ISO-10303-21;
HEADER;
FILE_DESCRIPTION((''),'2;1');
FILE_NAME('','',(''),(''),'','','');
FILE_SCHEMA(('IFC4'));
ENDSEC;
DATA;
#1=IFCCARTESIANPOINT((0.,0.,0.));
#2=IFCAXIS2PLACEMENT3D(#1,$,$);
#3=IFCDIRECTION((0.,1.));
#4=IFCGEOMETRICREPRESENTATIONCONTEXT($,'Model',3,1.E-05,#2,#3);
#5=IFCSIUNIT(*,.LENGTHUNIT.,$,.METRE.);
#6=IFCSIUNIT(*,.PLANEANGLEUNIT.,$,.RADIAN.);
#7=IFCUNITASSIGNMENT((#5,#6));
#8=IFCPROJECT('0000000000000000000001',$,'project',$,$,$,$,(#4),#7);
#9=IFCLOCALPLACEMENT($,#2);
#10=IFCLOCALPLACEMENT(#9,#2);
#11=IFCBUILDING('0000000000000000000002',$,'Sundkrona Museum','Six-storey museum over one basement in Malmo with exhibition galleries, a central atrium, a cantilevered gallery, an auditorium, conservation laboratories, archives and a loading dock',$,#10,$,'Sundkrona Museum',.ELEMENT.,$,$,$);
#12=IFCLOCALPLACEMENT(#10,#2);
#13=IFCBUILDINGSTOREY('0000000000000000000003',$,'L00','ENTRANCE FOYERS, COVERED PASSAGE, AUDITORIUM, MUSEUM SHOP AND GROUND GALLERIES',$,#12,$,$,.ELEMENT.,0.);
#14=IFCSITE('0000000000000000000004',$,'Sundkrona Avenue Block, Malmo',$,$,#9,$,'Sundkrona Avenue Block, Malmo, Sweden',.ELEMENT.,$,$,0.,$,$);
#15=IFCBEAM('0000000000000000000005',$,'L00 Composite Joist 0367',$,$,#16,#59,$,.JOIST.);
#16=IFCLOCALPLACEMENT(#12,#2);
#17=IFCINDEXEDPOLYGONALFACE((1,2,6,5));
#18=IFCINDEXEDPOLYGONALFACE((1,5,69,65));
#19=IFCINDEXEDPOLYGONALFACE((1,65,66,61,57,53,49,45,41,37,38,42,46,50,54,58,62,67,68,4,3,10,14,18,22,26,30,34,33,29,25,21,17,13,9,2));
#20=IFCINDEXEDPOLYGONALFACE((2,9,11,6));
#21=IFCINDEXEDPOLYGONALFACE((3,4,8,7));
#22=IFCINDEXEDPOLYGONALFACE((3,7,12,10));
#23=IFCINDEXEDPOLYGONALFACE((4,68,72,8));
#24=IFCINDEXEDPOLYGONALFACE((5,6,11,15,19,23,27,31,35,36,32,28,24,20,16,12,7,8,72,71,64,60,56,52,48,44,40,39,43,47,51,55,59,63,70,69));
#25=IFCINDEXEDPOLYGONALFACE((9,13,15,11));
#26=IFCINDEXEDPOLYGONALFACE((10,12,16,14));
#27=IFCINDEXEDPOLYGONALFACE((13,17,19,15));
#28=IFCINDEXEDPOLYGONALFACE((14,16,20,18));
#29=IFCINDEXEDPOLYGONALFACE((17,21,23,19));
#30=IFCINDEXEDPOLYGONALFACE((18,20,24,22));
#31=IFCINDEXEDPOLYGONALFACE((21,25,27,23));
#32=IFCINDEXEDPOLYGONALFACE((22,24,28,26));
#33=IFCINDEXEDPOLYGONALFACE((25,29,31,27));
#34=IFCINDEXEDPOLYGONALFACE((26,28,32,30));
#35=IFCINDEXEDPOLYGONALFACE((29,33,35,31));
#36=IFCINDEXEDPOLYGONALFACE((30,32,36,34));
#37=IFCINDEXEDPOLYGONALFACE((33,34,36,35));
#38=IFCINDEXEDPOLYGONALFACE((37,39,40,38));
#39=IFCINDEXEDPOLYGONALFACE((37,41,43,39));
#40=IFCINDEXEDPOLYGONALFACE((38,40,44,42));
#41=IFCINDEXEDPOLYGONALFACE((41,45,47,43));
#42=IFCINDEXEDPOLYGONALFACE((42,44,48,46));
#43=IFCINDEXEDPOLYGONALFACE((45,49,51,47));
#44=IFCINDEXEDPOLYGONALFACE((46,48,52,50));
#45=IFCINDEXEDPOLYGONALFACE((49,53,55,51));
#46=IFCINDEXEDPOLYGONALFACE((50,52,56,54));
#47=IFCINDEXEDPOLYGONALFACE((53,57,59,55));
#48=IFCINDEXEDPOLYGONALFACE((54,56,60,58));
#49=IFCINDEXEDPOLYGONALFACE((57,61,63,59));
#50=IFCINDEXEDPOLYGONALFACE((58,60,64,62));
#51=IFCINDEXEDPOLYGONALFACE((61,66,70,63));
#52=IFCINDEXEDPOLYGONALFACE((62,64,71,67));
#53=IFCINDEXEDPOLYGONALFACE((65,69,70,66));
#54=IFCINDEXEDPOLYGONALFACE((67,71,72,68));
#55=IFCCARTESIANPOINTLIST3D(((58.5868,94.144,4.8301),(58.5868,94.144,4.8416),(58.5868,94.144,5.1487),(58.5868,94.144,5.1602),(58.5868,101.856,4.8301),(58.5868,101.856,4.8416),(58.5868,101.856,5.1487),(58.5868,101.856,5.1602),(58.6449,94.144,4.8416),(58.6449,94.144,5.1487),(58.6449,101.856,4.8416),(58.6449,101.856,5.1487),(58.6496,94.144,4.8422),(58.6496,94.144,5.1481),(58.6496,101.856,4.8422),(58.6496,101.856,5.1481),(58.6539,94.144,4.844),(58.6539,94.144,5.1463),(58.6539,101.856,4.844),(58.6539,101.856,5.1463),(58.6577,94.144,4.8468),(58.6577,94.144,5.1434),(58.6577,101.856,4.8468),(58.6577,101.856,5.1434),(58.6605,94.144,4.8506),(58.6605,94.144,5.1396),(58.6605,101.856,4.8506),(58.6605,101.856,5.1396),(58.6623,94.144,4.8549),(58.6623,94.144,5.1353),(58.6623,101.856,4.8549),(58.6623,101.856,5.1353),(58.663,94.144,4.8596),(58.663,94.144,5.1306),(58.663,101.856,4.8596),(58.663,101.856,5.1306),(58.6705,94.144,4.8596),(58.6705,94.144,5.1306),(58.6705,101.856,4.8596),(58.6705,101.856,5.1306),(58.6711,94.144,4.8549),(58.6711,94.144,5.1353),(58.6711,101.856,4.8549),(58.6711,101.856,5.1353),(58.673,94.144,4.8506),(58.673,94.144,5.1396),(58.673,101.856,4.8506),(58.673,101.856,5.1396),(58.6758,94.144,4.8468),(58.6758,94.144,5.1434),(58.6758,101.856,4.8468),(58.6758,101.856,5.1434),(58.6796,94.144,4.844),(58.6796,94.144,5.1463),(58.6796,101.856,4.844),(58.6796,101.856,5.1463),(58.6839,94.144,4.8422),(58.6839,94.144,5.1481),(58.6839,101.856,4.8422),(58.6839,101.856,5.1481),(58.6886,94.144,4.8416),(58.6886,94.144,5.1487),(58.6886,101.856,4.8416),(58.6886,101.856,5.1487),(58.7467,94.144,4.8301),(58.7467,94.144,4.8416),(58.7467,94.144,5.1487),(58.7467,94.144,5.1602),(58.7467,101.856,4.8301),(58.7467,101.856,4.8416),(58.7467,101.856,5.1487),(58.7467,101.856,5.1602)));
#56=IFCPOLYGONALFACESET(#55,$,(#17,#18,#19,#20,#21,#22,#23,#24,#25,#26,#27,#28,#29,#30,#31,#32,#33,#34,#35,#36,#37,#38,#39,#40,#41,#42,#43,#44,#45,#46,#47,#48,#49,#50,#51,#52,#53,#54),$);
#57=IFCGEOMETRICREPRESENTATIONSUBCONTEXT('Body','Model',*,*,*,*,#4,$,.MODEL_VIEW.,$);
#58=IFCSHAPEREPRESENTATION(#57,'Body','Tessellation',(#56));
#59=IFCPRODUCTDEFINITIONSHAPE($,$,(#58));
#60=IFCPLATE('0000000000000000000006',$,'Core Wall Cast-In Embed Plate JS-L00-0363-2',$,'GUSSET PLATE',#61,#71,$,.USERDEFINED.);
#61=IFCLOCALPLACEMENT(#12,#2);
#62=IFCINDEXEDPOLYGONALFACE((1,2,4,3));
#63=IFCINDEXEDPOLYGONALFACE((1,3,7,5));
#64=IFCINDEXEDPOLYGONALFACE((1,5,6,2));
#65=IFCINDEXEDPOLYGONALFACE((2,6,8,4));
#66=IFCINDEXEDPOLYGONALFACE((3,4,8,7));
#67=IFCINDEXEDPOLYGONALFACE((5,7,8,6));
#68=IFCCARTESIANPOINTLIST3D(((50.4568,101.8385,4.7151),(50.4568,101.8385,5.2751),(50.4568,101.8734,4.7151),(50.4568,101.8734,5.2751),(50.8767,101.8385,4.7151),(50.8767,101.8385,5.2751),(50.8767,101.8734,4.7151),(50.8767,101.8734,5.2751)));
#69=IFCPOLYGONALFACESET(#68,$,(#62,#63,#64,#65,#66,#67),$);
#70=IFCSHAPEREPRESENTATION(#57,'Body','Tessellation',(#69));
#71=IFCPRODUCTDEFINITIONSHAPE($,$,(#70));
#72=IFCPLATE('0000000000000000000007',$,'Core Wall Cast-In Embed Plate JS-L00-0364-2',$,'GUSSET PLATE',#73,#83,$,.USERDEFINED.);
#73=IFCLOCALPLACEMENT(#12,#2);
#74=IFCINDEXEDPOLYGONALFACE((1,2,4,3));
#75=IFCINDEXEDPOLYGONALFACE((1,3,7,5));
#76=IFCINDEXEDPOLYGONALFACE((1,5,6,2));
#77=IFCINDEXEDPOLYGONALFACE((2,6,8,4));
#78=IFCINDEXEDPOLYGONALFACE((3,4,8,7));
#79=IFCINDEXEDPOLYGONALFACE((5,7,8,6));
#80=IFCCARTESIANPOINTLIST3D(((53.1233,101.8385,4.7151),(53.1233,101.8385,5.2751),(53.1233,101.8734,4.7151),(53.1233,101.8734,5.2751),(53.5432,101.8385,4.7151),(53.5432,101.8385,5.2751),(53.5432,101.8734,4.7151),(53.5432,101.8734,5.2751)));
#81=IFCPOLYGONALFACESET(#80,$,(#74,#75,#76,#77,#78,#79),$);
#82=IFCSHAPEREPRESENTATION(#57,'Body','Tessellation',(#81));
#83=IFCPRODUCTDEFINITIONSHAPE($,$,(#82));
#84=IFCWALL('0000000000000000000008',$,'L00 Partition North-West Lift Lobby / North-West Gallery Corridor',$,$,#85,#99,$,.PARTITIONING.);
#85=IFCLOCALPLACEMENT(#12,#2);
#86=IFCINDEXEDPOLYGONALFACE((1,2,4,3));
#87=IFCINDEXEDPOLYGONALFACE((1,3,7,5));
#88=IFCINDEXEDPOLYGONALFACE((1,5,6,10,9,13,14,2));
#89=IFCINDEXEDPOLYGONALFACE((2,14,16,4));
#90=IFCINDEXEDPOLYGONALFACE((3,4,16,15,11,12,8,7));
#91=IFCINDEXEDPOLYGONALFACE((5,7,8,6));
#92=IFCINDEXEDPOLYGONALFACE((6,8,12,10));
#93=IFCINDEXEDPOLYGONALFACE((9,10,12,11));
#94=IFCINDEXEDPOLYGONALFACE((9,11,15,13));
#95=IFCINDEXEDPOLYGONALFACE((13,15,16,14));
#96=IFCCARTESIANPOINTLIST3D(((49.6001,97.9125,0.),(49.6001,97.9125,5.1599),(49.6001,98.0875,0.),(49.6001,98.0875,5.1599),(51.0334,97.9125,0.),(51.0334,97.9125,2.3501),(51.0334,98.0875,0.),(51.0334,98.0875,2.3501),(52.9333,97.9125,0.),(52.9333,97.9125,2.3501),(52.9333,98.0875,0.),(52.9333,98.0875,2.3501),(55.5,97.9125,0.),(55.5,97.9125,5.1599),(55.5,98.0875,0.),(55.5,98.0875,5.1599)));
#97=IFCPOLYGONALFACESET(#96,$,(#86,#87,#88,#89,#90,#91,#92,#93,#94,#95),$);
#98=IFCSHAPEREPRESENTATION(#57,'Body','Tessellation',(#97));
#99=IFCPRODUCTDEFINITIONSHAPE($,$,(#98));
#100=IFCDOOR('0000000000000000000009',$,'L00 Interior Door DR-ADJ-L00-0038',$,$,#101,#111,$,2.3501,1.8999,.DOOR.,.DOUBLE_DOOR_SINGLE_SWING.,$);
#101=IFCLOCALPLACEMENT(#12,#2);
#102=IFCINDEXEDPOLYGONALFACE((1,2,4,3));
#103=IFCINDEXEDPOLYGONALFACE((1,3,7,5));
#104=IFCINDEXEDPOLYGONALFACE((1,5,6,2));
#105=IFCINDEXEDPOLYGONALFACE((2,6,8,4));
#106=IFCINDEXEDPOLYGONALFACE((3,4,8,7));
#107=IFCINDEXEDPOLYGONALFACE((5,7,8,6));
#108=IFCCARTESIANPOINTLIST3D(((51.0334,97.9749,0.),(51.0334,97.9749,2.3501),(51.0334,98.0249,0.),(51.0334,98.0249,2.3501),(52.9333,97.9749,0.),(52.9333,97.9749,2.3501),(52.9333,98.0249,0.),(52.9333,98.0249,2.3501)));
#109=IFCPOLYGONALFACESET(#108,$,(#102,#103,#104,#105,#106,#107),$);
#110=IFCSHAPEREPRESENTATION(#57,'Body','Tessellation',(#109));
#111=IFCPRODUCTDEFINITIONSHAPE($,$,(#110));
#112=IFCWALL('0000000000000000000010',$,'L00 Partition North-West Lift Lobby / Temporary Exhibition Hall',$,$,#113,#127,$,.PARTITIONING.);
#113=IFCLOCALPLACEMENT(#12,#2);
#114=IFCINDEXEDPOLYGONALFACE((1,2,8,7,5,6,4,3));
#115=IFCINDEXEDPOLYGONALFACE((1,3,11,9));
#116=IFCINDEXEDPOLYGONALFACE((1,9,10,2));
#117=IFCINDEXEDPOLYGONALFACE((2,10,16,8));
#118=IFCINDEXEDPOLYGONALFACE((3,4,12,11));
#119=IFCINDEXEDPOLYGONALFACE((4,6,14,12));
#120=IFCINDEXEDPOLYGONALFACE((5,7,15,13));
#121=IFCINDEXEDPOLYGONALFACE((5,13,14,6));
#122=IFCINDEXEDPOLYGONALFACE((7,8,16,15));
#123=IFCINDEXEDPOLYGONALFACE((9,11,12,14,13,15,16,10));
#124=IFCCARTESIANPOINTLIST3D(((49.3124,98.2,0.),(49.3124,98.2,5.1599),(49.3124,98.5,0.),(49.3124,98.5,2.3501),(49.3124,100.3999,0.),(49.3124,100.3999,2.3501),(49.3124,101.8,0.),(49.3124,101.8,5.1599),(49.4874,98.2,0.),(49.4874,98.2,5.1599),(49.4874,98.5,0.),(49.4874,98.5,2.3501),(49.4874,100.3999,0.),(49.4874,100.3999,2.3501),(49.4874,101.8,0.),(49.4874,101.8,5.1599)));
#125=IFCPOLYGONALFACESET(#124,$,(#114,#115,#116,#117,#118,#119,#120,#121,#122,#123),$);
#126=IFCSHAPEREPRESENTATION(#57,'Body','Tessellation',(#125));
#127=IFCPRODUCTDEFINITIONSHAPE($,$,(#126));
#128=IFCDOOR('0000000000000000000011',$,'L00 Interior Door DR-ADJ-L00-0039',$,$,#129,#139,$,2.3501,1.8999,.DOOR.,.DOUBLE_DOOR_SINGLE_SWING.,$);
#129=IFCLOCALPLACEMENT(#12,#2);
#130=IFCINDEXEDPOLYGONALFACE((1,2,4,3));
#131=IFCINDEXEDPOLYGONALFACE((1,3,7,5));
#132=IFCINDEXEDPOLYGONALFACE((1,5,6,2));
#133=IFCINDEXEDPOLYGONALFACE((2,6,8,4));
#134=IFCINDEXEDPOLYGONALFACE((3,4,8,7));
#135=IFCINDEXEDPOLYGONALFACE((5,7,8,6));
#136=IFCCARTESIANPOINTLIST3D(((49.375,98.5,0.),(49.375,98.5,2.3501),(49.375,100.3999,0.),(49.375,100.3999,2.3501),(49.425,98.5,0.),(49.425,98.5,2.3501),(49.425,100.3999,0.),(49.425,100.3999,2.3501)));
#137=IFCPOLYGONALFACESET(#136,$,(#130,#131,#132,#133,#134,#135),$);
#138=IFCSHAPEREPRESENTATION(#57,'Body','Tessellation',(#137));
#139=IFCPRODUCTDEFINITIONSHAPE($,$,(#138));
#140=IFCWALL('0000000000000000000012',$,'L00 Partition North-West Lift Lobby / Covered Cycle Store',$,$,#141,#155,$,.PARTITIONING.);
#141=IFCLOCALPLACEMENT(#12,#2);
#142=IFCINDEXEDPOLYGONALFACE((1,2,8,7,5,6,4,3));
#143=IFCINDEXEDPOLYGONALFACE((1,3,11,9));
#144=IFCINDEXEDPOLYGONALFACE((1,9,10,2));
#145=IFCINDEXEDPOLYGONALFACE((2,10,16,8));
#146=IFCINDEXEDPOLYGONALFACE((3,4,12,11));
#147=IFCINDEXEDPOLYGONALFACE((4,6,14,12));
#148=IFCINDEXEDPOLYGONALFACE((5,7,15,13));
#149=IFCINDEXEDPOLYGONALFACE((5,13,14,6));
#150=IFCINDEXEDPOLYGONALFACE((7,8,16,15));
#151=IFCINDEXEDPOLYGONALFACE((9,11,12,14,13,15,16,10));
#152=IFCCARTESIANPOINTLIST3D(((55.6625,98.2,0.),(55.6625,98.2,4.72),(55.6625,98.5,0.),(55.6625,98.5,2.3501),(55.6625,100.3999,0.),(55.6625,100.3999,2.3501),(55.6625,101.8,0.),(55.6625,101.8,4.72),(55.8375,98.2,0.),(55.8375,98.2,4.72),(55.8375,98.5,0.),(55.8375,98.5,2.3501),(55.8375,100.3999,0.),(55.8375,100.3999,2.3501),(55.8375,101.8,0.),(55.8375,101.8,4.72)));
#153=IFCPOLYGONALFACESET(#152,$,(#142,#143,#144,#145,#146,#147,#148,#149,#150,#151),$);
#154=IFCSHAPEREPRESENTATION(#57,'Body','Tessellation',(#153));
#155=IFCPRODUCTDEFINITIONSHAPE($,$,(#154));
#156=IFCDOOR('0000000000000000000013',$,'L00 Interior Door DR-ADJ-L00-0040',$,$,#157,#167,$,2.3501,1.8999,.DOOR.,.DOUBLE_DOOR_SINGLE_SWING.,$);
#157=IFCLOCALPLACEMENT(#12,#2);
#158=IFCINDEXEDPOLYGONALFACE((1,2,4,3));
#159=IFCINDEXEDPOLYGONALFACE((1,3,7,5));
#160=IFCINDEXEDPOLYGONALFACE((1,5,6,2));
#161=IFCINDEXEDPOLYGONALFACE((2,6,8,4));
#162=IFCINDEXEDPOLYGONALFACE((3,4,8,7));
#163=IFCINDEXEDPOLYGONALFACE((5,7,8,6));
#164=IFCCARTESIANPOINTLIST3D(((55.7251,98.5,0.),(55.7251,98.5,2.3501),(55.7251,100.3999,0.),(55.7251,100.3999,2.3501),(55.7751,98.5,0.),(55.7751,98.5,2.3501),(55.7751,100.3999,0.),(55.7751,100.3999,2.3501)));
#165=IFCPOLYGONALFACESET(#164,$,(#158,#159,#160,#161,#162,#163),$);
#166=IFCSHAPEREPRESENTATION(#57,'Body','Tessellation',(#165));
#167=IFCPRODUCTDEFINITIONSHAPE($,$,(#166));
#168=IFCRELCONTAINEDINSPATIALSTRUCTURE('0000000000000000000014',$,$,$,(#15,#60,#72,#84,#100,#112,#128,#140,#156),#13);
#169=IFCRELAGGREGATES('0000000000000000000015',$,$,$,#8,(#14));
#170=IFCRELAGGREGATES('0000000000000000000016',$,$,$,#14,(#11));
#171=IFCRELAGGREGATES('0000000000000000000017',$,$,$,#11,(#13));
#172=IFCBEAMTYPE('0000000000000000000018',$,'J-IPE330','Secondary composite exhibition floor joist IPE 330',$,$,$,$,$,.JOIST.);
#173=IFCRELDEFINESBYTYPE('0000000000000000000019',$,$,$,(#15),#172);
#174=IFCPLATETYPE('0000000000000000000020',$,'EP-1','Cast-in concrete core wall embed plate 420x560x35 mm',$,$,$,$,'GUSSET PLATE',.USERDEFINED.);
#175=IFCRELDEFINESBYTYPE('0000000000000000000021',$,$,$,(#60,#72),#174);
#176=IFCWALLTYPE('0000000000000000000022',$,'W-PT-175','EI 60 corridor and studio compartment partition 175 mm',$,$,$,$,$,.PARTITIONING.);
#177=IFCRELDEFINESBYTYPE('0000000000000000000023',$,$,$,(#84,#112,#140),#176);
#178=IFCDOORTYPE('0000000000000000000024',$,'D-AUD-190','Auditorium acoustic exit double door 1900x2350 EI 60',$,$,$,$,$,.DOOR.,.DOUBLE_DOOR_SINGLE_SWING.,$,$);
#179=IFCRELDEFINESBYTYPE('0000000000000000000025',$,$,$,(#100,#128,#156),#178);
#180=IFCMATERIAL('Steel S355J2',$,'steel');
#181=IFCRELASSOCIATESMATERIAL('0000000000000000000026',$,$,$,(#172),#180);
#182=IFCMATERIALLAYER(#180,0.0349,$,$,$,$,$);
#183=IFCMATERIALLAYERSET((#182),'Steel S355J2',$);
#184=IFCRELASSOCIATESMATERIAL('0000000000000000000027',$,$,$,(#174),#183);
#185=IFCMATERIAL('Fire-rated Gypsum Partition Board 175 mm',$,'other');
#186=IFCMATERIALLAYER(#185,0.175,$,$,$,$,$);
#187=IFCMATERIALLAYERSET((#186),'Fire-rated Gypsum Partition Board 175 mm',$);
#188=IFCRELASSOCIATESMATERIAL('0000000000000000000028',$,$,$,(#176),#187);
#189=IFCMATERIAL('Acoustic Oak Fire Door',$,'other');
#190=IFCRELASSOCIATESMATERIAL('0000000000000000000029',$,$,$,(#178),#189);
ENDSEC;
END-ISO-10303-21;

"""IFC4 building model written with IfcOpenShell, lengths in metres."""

from ifc_helpers import new_model, si_unit, direction, frame, frame_2d, origin, origin_2d, place, context, subcontext, project, spatial, rectangle, i_section, extrude, material, layer, layer_set, material_profile, profile_set, type_object, element, fill, save


model = new_model("IFC4")

# Units and contexts
model_context = context("Model", 3, precision=1e-05, world=origin(), true_north=direction((0.0, 1.0)))
body_context = subcontext(model_context, "Body", "Model", "MODEL_VIEW")
ifc_project = project(units=[si_unit("LENGTHUNIT", "METRE"), si_unit("PLANEANGLEUNIT", "RADIAN")], contexts=[model_context])

# Site, building, storey
site_placement = place(None, origin())
site = spatial("IfcSite", under=ifc_project, at=site_placement, Name="Sundkrona Avenue Block, Malmo", LongName="Sundkrona Avenue Block, Malmo, Sweden", CompositionType="ELEMENT", RefElevation=0.0)
building_placement = place(site_placement, origin())
building = spatial("IfcBuilding", under=site, at=building_placement, Name="Sundkrona Museum", Description="Six-storey museum over one basement in Malmo with exhibition galleries, a central atrium, a cantilevered gallery, an auditorium, conservation laboratories, archives and a loading dock", LongName="Sundkrona Museum", CompositionType="ELEMENT")
storey_placement = place(building_placement, origin())
storey = spatial("IfcBuildingStorey", under=building, at=storey_placement, Name="L00", Description="ENTRANCE FOYERS, COVERED PASSAGE, AUDITORIUM, MUSEUM SHOP AND GROUND GALLERIES", CompositionType="ELEMENT", Elevation=0.0)

# Shared definitions
ifc_material_1 = material(Name="Steel S355J2", Category="steel")

# Beam
ifc_material_profile_1 = material_profile(ifc_material_1, i_section(OverallWidth=0.1599, OverallDepth=0.3301, WebThickness=0.0076, FlangeThickness=0.0115, FilletRadius=0.0181, at=origin_2d()), Name="IPE 330")
ifc_profile_set_1 = profile_set([ifc_material_profile_1], Name="Steel S355J2")
beam_type_1 = type_object("IfcBeamType", Name="J-IPE330", Description="Secondary composite exhibition floor joist IPE 330", PredefinedType="JOIST", material=ifc_profile_set_1)
for number, where, z_axis, x_axis, name in (
    (1, (58.6667, 94.144, 4.9951), (0.0, 1.0, 0.0), (-1.0, 0.0, 0.0), "L00 Composite Joist 0367"),
):
    element("IfcBeam", number, at=place(storey_placement, frame(where, z_axis=z_axis, x_axis=x_axis)), inside=storey, type_object=beam_type_1, Name=name, PredefinedType="JOIST", context=body_context, shape_type="SweptSolid", body=[
        extrude(i_section(OverallWidth=0.1599, OverallDepth=0.3301, WebThickness=0.0076, FlangeThickness=0.0115, FilletRadius=0.0181, at=origin_2d()), origin(), (0.0, 0.0, 1.0), 7.7119),
    ])

# Plates
ifc_layer_1 = layer(ifc_material_1, 0.0349)
ifc_layer_set_1 = layer_set([ifc_layer_1], Name="Steel S355J2")
plate_type = type_object("IfcPlateType", Name="EP-1", Description="Cast-in concrete core wall embed plate 420x560x35 mm", ElementType="GUSSET PLATE", PredefinedType="USERDEFINED", material=ifc_layer_set_1)
for number, where, z_axis, x_axis, name in (
    (2, (50.6667, 101.856, 4.7151), (0.0, 0.0, 1.0), (1.0, 0.0, 0.0), "Core Wall Cast-In Embed Plate JS-L00-0363-2"),
    (3, (53.3333, 101.856, 4.7151), (0.0, 0.0, 1.0), (1.0, 0.0, 0.0), "Core Wall Cast-In Embed Plate JS-L00-0364-2"),
):
    element("IfcPlate", number, at=place(storey_placement, frame(where, z_axis=z_axis, x_axis=x_axis)), inside=storey, type_object=plate_type, Name=name, ObjectType="GUSSET PLATE", PredefinedType="USERDEFINED", context=body_context, shape_type="SweptSolid", body=[
        extrude(rectangle(XDim=0.4199, YDim=0.0349, at=origin_2d()), origin(), (0.0, 0.0, 1.0), 0.5601),
    ])

# Walls, openings, doors
ifc_material_2 = material(Name="Fire-rated Gypsum Partition Board 175 mm", Category="other")
ifc_layer_2 = layer(ifc_material_2, 0.175)
ifc_layer_set_2 = layer_set([ifc_layer_2], Name="Fire-rated Gypsum Partition Board 175 mm")
wall_type = type_object("IfcWallType", Name="W-PT-175", Description="EI 60 corridor and studio compartment partition 175 mm", PredefinedType="PARTITIONING", material=ifc_layer_set_2)
wall_1_placement = place(storey_placement, frame((49.6001, 98.0, 0.0), z_axis=(0.0, 0.0, 1.0), x_axis=(1.0, 0.0, 0.0)))
wall_1 = element("IfcWall", 4, at=wall_1_placement, inside=storey, type_object=wall_type, Name="L00 Partition North-West Lift Lobby / North-West Gallery Corridor", PredefinedType="PARTITIONING", context=body_context, shape_type="SweptSolid", body=[
    extrude(rectangle(XDim=5.8999, YDim=0.175, at=frame_2d((2.95, 0.0))), origin(), (0.0, 0.0, 1.0), 5.1599),
])
opening_1_placement = place(wall_1_placement, frame((1.4333, 0.0, 0.0)))
opening_1 = element("IfcOpeningElement", 5, at=opening_1_placement, cuts=wall_1, PredefinedType="OPENING", context=body_context, shape_type="SweptSolid", body=[
    extrude(rectangle(XDim=1.8999, YDim=2.3501, at=frame_2d((0.95, 1.175))), frame((0.0, 0.0974, 0.0), z_axis=(0.0, -1.0, 0.0), x_axis=(1.0, 0.0, 0.0)), (0.0, 0.0, 1.0), 0.1951),
])
ifc_material_3 = material(Name="Acoustic Oak Fire Door", Category="other")
door_type = type_object("IfcDoorType", Name="D-AUD-190", Description="Auditorium acoustic exit double door 1900x2350 EI 60", OperationType="DOUBLE_DOOR_SINGLE_SWING", PredefinedType="DOOR", material=ifc_material_3)
door_1_placement = place(opening_1_placement, origin())
door_1 = element("IfcDoor", 6, at=door_1_placement, inside=storey, type_object=door_type, Name="L00 Interior Door DR-ADJ-L00-0038", OperationType="DOUBLE_DOOR_SINGLE_SWING", OverallHeight=2.3501, OverallWidth=1.8999, PredefinedType="DOOR", context=body_context, shape_type="SweptSolid", body=[
    extrude(rectangle(XDim=1.8999, YDim=2.3501, at=frame_2d((0.95, 1.175))), frame((0.0, 0.0249, 0.0), z_axis=(0.0, -1.0, 0.0), x_axis=(1.0, 0.0, 0.0)), (0.0, 0.0, 1.0), 0.05),
])
fill(opening_1, door_1)
wall_2_placement = place(storey_placement, frame((49.3999, 98.2, 0.0), z_axis=(0.0, 0.0, 1.0), x_axis=(0.0, 1.0, 0.0)))
wall_2 = element("IfcWall", 7, at=wall_2_placement, inside=storey, type_object=wall_type, Name="L00 Partition North-West Lift Lobby / Temporary Exhibition Hall", PredefinedType="PARTITIONING", context=body_context, shape_type="SweptSolid", body=[
    extrude(rectangle(XDim=3.6001, YDim=0.175, at=frame_2d((1.8, 0.0))), origin(), (0.0, 0.0, 1.0), 5.1599),
])
opening_2_placement = place(wall_2_placement, frame((0.3, 0.0, 0.0)))
opening_2 = element("IfcOpeningElement", 8, at=opening_2_placement, cuts=wall_2, PredefinedType="OPENING", context=body_context, shape_type="SweptSolid", body=[
    extrude(rectangle(XDim=1.8999, YDim=2.3501, at=frame_2d((0.95, 1.175))), frame((0.0, 0.0974, 0.0), z_axis=(0.0, -1.0, 0.0), x_axis=(1.0, 0.0, 0.0)), (0.0, 0.0, 1.0), 0.1951),
])
door_2_placement = place(opening_2_placement, origin())
door_2 = element("IfcDoor", 9, at=door_2_placement, inside=storey, type_object=door_type, Name="L00 Interior Door DR-ADJ-L00-0039", OperationType="DOUBLE_DOOR_SINGLE_SWING", OverallHeight=2.3501, OverallWidth=1.8999, PredefinedType="DOOR", context=body_context, shape_type="SweptSolid", body=[
    extrude(rectangle(XDim=1.8999, YDim=2.3501, at=frame_2d((0.95, 1.175))), frame((0.0, 0.0249, 0.0), z_axis=(0.0, -1.0, 0.0), x_axis=(1.0, 0.0, 0.0)), (0.0, 0.0, 1.0), 0.05),
])
fill(opening_2, door_2)
wall_3_placement = place(storey_placement, frame((55.75, 98.2, 0.0), z_axis=(0.0, 0.0, 1.0), x_axis=(0.0, 1.0, 0.0)))
wall_3 = element("IfcWall", 10, at=wall_3_placement, inside=storey, type_object=wall_type, Name="L00 Partition North-West Lift Lobby / Covered Cycle Store", PredefinedType="PARTITIONING", context=body_context, shape_type="SweptSolid", body=[
    extrude(rectangle(XDim=3.6001, YDim=0.175, at=frame_2d((1.8, 0.0))), origin(), (0.0, 0.0, 1.0), 4.72),
])
opening_3_placement = place(wall_3_placement, frame((0.3, 0.0, 0.0)))
opening_3 = element("IfcOpeningElement", 11, at=opening_3_placement, cuts=wall_3, PredefinedType="OPENING", context=body_context, shape_type="SweptSolid", body=[
    extrude(rectangle(XDim=1.8999, YDim=2.3501, at=frame_2d((0.95, 1.175))), frame((0.0, 0.0974, 0.0), z_axis=(0.0, -1.0, 0.0), x_axis=(1.0, 0.0, 0.0)), (0.0, 0.0, 1.0), 0.1951),
])
door_3_placement = place(opening_3_placement, origin())
door_3 = element("IfcDoor", 12, at=door_3_placement, inside=storey, type_object=door_type, Name="L00 Interior Door DR-ADJ-L00-0040", OperationType="DOUBLE_DOOR_SINGLE_SWING", OverallHeight=2.3501, OverallWidth=1.8999, PredefinedType="DOOR", context=body_context, shape_type="SweptSolid", body=[
    extrude(rectangle(XDim=1.8999, YDim=2.3501, at=frame_2d((0.95, 1.175))), frame((0.0, 0.0249, 0.0), z_axis=(0.0, -1.0, 0.0), x_axis=(1.0, 0.0, 0.0)), (0.0, 0.0, 1.0), 0.05),
])
fill(opening_3, door_3)

save(model, "model.ifc")
